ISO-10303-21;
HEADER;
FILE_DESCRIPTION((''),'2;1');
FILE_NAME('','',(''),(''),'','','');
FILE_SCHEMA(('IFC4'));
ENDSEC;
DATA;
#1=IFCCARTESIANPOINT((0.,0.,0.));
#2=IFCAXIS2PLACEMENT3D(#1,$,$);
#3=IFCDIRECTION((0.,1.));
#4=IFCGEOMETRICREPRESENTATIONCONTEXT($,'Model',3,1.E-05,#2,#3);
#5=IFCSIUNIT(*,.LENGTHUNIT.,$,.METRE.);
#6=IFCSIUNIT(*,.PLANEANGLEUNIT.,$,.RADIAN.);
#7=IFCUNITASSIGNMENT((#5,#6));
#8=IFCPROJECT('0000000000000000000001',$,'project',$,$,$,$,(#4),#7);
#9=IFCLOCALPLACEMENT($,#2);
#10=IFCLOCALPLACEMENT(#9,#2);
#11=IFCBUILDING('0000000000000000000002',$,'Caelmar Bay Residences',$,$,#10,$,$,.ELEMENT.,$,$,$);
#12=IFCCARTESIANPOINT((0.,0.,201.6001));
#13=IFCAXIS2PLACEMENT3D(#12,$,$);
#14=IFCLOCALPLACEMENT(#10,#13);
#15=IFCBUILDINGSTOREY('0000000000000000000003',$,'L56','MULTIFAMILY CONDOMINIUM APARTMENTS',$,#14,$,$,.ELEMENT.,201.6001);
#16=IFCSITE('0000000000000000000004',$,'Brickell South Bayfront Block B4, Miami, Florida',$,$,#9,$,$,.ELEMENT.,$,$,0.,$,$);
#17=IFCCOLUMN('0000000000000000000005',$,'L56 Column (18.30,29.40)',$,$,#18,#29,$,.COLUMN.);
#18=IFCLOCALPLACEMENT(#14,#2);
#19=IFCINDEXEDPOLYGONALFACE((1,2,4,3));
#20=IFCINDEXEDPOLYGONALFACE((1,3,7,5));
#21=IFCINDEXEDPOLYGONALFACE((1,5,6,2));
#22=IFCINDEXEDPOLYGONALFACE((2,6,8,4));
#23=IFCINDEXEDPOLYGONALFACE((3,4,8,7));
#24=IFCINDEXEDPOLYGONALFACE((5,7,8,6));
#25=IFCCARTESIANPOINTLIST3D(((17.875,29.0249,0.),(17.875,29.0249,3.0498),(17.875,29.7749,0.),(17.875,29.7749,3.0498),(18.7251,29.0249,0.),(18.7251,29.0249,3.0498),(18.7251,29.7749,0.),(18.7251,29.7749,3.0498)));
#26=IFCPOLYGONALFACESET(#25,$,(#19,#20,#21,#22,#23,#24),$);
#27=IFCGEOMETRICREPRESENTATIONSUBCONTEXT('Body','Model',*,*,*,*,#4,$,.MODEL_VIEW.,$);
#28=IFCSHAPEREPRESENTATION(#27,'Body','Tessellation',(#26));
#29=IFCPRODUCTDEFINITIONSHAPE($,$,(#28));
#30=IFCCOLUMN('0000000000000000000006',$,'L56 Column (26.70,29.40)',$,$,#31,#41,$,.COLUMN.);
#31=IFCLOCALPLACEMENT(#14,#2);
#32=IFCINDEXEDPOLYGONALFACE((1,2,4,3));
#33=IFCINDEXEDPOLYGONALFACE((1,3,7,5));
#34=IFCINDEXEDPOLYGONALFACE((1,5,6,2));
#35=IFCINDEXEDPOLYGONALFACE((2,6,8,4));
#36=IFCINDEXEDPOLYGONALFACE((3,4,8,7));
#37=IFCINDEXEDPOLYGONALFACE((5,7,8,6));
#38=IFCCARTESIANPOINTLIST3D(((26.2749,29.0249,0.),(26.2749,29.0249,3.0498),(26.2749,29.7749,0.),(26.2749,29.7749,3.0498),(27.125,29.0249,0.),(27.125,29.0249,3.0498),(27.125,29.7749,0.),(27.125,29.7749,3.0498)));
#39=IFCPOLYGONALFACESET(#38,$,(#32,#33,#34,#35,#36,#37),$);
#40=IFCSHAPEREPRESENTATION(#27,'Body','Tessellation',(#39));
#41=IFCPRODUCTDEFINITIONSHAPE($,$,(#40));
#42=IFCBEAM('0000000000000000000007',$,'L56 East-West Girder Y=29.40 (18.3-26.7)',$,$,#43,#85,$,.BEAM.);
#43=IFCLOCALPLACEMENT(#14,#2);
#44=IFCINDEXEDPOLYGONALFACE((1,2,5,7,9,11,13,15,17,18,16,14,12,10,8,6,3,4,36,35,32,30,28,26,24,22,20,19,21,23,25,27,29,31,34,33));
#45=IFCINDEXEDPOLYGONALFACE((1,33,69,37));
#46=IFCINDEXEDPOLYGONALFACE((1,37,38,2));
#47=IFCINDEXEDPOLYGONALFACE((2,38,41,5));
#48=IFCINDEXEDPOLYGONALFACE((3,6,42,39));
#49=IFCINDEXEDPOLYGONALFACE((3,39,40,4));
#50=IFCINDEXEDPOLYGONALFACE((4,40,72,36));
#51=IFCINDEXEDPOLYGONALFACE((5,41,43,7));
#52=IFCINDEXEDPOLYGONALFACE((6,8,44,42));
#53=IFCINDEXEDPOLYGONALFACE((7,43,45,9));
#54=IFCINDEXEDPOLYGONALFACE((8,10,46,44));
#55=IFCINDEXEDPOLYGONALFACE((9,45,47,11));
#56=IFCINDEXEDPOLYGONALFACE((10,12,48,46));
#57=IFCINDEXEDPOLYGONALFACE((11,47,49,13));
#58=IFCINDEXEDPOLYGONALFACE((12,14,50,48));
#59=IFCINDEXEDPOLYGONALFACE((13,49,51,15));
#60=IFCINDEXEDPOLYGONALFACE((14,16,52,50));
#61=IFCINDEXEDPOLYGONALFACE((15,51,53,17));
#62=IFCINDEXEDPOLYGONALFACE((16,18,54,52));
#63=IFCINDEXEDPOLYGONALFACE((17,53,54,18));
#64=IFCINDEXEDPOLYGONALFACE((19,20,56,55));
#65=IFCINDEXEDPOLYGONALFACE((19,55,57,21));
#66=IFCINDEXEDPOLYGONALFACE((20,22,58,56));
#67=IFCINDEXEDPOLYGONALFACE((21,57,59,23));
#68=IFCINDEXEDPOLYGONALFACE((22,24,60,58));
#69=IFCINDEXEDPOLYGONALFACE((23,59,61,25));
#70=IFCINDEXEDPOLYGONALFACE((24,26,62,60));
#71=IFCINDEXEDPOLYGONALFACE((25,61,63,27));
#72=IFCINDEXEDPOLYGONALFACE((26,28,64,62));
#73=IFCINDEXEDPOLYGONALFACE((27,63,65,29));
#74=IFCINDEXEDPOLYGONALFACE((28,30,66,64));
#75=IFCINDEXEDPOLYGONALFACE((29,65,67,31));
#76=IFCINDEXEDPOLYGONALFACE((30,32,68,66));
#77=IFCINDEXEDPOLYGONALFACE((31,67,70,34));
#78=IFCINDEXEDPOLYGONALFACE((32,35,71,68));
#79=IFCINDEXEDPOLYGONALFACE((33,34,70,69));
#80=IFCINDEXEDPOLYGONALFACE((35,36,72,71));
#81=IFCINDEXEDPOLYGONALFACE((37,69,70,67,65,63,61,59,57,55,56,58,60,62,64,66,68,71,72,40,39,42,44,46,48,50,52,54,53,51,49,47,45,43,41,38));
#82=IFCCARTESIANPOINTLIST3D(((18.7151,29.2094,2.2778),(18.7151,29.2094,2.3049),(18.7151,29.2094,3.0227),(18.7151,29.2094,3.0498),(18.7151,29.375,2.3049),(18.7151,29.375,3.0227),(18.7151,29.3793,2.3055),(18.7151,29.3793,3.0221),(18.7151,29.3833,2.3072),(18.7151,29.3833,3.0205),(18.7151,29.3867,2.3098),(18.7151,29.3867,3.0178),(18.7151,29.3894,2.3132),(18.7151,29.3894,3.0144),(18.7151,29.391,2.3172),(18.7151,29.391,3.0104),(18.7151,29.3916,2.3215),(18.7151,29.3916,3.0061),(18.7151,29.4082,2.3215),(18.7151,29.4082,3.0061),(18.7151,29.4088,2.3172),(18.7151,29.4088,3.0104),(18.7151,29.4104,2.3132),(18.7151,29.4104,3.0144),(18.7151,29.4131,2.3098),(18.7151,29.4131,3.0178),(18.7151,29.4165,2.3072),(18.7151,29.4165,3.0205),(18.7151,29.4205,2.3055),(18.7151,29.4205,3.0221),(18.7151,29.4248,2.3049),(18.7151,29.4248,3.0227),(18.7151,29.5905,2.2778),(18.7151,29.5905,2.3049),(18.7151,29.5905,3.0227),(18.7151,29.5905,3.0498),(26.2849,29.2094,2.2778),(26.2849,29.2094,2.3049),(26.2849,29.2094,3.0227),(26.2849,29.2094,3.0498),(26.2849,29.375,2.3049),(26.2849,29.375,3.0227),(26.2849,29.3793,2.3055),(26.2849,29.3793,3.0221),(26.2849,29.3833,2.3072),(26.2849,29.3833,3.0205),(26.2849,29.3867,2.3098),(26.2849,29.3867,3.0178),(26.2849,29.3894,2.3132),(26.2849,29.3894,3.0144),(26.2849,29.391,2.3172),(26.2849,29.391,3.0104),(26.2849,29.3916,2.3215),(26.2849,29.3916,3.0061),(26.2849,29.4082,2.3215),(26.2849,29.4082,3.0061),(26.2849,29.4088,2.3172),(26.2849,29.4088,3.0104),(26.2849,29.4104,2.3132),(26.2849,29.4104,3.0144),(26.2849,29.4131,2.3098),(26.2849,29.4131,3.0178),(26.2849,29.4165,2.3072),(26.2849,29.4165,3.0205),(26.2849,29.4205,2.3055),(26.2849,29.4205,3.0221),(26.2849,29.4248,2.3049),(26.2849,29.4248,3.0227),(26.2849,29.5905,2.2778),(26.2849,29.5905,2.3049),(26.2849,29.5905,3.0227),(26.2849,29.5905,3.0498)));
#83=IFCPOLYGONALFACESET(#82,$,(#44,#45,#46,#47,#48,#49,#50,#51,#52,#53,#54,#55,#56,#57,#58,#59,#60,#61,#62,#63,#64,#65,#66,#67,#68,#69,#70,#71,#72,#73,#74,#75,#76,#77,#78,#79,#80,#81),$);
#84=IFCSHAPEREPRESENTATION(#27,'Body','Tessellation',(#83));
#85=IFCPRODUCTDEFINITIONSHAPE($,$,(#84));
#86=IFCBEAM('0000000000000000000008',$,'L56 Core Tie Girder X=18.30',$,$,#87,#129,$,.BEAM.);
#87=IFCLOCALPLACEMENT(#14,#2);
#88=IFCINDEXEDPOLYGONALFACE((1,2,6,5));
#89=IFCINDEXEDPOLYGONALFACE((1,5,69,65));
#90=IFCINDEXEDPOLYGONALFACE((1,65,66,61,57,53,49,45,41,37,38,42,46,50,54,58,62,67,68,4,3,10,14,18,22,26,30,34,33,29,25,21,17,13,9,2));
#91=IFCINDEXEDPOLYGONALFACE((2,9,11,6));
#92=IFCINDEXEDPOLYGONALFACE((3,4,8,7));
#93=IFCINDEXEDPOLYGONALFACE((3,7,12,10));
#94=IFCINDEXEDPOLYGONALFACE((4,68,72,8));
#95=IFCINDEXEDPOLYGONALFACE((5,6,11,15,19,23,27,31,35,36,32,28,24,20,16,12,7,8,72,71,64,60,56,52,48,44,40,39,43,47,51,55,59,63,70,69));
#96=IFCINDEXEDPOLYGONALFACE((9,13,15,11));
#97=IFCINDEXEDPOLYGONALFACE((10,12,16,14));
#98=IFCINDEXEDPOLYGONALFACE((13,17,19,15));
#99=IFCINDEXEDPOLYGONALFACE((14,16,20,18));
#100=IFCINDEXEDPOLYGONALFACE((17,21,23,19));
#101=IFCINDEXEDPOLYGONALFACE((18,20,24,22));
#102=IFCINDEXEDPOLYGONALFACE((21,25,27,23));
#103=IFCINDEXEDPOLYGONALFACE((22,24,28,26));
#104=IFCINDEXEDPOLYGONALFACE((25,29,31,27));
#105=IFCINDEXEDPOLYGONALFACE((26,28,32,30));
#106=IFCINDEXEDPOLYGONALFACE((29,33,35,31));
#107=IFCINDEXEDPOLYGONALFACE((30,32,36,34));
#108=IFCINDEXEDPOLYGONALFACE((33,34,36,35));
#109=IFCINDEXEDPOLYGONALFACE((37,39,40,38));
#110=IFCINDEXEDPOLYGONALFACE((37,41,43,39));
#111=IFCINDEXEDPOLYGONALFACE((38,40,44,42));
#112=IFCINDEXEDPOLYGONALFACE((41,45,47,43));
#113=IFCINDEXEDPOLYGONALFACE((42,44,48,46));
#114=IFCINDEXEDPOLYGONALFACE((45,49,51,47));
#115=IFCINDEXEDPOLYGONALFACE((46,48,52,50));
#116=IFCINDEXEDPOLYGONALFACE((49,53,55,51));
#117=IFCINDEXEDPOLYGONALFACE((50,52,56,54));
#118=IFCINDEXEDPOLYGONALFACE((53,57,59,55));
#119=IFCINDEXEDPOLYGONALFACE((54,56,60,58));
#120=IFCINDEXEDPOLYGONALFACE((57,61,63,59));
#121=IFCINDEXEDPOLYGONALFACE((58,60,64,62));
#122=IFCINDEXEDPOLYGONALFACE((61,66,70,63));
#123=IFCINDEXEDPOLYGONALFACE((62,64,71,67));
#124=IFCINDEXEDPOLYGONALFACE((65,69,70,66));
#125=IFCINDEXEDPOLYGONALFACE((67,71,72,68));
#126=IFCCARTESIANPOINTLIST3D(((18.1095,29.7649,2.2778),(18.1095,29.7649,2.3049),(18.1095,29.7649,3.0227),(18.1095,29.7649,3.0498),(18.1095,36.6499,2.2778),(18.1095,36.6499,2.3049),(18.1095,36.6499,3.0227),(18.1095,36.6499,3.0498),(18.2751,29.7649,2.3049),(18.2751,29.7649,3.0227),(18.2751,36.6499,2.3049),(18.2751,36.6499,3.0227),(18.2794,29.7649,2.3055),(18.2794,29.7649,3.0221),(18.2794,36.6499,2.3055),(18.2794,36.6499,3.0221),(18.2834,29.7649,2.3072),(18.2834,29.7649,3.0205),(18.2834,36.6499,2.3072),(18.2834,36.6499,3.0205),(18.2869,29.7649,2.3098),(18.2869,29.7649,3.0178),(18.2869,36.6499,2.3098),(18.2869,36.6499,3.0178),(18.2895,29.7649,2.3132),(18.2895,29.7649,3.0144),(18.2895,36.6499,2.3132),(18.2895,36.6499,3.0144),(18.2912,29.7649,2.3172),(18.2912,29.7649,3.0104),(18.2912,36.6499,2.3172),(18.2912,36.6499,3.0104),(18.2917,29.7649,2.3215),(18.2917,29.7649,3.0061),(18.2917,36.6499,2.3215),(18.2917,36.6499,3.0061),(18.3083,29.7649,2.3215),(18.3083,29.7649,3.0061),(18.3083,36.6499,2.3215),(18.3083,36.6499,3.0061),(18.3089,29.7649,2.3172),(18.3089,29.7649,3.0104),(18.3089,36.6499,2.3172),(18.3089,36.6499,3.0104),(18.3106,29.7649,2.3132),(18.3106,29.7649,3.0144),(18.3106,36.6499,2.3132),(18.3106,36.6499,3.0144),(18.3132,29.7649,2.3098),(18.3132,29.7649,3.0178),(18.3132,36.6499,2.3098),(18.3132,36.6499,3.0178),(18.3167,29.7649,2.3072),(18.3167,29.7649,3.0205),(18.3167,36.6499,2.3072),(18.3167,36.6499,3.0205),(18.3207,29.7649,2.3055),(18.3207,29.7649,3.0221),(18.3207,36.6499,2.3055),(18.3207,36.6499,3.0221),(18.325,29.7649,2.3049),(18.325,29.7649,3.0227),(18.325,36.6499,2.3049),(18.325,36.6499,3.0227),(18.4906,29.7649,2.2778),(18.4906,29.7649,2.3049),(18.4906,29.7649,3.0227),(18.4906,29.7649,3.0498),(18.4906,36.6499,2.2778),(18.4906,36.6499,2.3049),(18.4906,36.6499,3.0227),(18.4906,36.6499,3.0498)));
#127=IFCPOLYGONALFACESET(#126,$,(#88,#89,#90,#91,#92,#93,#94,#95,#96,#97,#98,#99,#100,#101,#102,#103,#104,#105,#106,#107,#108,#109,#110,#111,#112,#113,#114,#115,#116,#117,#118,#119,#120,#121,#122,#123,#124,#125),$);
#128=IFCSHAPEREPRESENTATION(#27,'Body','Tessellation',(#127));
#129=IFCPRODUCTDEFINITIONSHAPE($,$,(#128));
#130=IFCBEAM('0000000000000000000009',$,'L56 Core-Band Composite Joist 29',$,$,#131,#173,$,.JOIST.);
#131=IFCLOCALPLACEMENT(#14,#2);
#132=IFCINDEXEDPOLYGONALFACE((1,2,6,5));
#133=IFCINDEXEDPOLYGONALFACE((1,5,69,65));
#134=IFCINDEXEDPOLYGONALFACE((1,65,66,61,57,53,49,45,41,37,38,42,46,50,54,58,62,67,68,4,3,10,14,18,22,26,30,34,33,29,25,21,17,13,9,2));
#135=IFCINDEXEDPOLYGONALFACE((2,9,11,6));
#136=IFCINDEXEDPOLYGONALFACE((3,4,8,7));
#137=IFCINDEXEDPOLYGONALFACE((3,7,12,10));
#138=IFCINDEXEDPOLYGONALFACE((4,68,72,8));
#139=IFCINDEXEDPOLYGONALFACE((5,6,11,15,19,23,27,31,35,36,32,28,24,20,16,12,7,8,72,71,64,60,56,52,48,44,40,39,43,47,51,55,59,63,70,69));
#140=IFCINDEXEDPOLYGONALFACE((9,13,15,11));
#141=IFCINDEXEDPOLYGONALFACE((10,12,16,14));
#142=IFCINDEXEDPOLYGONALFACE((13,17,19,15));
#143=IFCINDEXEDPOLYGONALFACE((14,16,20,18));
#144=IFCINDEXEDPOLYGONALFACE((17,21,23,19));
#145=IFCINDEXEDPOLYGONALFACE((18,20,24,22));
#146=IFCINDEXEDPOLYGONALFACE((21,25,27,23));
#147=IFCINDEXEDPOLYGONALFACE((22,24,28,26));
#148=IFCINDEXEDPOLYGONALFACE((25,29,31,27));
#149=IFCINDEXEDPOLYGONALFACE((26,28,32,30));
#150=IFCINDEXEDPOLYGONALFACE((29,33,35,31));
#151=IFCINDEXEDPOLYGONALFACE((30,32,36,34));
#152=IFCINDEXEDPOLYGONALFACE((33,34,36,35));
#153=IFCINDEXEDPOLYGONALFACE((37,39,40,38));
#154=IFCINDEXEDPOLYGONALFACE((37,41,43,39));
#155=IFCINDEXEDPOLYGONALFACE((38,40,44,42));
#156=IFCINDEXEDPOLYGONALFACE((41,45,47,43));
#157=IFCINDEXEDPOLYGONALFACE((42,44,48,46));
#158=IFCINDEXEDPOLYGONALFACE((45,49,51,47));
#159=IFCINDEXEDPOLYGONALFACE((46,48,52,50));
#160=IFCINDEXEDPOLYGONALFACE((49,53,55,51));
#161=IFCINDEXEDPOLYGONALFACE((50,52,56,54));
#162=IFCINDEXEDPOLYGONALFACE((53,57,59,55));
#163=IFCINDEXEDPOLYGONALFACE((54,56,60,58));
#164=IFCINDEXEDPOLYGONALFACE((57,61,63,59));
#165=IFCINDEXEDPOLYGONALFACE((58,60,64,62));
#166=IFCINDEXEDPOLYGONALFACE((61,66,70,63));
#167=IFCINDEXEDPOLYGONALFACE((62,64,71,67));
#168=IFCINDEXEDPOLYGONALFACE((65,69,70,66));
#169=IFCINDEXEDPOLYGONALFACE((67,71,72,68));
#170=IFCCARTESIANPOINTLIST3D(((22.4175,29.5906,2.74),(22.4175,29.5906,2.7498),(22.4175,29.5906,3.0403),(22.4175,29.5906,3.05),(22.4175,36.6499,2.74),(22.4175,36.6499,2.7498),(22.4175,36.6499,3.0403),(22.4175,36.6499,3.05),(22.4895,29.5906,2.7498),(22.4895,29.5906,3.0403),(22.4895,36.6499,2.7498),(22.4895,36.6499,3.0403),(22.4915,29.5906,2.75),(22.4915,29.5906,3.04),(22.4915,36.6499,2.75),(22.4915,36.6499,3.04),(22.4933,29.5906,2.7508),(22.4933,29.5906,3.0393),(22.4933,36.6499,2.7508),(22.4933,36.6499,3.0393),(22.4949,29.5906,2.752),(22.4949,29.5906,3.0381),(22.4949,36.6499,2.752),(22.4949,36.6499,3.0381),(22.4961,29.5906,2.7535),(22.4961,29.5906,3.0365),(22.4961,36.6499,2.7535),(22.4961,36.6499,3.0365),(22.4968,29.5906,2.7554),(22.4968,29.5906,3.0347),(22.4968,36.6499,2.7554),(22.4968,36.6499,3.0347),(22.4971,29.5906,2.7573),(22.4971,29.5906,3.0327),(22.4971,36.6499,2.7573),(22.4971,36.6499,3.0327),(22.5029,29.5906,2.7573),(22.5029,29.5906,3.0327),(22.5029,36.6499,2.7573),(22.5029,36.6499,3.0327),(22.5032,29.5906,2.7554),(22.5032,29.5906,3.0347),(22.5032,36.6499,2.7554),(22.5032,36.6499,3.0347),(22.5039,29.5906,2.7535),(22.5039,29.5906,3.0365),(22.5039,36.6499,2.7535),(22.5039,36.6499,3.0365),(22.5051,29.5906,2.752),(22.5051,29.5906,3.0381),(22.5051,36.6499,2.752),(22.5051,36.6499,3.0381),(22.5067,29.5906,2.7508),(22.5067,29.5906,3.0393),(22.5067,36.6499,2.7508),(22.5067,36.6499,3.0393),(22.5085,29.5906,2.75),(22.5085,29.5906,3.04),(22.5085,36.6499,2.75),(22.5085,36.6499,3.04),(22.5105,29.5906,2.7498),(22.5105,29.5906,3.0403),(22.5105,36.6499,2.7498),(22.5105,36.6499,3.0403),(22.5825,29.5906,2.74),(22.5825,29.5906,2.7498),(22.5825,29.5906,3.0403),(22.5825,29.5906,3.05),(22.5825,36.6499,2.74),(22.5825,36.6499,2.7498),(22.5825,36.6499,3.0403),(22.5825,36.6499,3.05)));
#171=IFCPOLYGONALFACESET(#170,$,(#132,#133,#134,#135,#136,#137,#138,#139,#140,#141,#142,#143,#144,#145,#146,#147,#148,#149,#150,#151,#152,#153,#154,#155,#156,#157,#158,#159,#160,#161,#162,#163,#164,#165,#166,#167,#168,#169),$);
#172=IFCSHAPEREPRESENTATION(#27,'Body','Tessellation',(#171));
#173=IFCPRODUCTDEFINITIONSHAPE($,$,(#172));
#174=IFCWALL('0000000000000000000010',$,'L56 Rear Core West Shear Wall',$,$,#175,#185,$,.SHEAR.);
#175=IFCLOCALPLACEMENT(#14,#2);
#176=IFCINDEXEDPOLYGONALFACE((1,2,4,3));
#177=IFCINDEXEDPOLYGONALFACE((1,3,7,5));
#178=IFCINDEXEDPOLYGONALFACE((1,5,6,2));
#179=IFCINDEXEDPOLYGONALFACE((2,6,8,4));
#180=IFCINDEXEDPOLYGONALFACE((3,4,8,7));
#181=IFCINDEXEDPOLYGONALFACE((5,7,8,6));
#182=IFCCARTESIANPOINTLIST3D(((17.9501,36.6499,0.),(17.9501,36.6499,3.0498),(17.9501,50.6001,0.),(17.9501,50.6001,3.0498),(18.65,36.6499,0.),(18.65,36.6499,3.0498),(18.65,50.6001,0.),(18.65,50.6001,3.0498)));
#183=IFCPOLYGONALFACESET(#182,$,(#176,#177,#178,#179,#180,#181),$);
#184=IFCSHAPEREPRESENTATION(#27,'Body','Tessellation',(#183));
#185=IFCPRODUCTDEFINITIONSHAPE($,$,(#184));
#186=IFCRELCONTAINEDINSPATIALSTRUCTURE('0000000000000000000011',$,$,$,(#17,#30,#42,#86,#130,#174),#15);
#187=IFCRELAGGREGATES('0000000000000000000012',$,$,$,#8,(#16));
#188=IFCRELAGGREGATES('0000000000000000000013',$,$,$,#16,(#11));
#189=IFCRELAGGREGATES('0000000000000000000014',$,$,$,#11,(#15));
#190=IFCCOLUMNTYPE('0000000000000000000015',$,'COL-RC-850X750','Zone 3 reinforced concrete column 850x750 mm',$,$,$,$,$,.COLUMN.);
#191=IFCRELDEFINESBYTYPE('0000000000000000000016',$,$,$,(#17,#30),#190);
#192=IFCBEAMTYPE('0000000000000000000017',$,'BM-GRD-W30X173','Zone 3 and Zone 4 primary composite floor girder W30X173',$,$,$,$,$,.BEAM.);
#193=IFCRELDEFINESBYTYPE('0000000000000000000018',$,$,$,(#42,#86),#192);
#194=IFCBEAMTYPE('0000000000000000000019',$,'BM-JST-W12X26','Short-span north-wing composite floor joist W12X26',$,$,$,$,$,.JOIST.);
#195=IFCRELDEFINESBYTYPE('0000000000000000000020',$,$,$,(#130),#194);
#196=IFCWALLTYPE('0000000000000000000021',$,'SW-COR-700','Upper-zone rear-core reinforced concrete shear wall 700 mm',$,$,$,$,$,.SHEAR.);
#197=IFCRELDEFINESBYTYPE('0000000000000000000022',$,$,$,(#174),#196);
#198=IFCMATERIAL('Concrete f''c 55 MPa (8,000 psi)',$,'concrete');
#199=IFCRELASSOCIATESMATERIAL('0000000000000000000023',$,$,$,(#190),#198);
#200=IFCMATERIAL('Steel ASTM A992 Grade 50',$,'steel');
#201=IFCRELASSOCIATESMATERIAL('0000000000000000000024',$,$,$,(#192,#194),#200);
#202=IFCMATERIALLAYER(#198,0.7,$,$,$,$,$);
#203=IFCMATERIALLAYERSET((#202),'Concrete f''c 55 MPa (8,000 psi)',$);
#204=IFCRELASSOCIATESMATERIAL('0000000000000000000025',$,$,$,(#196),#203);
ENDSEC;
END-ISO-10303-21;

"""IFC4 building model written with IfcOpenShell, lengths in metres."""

from ifc_helpers import new_model, si_unit, direction, frame, frame_2d, origin, origin_2d, place, context, subcontext, project, spatial, rectangle, i_section, extrude, material, layer, layer_set, material_profile, profile_set, type_object, element, save


model = new_model("IFC4")

# Units and contexts
model_context = context("Model", 3, precision=1e-05, world=origin(), true_north=direction((0.0, 1.0)))
body_context = subcontext(model_context, "Body", "Model", "MODEL_VIEW")
ifc_project = project(units=[si_unit("LENGTHUNIT", "METRE"), si_unit("PLANEANGLEUNIT", "RADIAN")], contexts=[model_context])

# Site, building, storey
site_placement = place(None, origin())
site = spatial("IfcSite", under=ifc_project, at=site_placement, Name="Brickell South Bayfront Block B4, Miami, Florida", CompositionType="ELEMENT", RefElevation=0.0)
building_placement = place(site_placement, origin())
building = spatial("IfcBuilding", under=site, at=building_placement, Name="Caelmar Bay Residences", CompositionType="ELEMENT")
storey_placement = place(building_placement, frame((0.0, 0.0, 201.6001)))
storey = spatial("IfcBuildingStorey", under=building, at=storey_placement, Name="L56", Description="MULTIFAMILY CONDOMINIUM APARTMENTS", CompositionType="ELEMENT", Elevation=201.6001)

# Columns
ifc_material_1 = material(Name="Concrete f'c 55 MPa (8,000 psi)", Category="concrete")
ifc_material_profile_1 = material_profile(ifc_material_1, rectangle(XDim=0.8501, YDim=0.75, at=origin_2d()), Name="RC-COL-850X750")
ifc_profile_set_1 = profile_set([ifc_material_profile_1], Name="Concrete f'c 55 MPa (8,000 psi)")
column_type = type_object("IfcColumnType", Name="COL-RC-850X750", Description="Zone 3 reinforced concrete column 850x750 mm", PredefinedType="COLUMN", material=ifc_profile_set_1)
for number, where, z_axis, x_axis, name in (
    (1, (18.3, 29.3999, 0.0), (0.0, 0.0, 1.0), (1.0, 0.0, 0.0), "L56 Column (18.30,29.40)"),
    (2, (26.7, 29.3999, 0.0), (0.0, 0.0, 1.0), (1.0, 0.0, 0.0), "L56 Column (26.70,29.40)"),
):
    element("IfcColumn", number, at=place(storey_placement, frame(where, z_axis=z_axis, x_axis=x_axis)), inside=storey, type_object=column_type, Name=name, PredefinedType="COLUMN", context=body_context, shape_type="SweptSolid", body=[
        extrude(rectangle(XDim=0.8501, YDim=0.75, at=origin_2d()), origin(), (0.0, 0.0, 1.0), 3.0498),
    ])

# Beams
ifc_material_2 = material(Name="Steel ASTM A992 Grade 50", Category="steel")
ifc_material_profile_2 = material_profile(ifc_material_2, i_section(OverallWidth=0.3811, OverallDepth=0.772, WebThickness=0.0166, FlangeThickness=0.0271, FilletRadius=0.0166, at=origin_2d()), Name="W30X173")
ifc_profile_set_2 = profile_set([ifc_material_profile_2], Name="Steel ASTM A992 Grade 50")
beam_type_1 = type_object("IfcBeamType", Name="BM-GRD-W30X173", Description="Zone 3 and Zone 4 primary composite floor girder W30X173", PredefinedType="BEAM", material=ifc_profile_set_2)
beam_1_placement = place(storey_placement, frame((18.7151, 29.3999, 2.6638), z_axis=(1.0, 0.0, 0.0), x_axis=(0.0, 1.0, 0.0)))
element("IfcBeam", 3, at=beam_1_placement, inside=storey, type_object=beam_type_1, Name="L56 East-West Girder Y=29.40 (18.3-26.7)", PredefinedType="BEAM", context=body_context, shape_type="SweptSolid", body=[
    extrude(i_section(OverallWidth=0.3811, OverallDepth=0.772, WebThickness=0.0166, FlangeThickness=0.0271, FilletRadius=0.0166, at=origin_2d()), origin(), (0.0, 0.0, 1.0), 7.5698),
])
beam_2_placement = place(storey_placement, frame((18.3, 29.7649, 2.6638), z_axis=(0.0, 1.0, 0.0), x_axis=(-1.0, 0.0, 0.0)))
element("IfcBeam", 4, at=beam_2_placement, inside=storey, type_object=beam_type_1, Name="L56 Core Tie Girder X=18.30", PredefinedType="BEAM", context=body_context, shape_type="SweptSolid", body=[
    extrude(i_section(OverallWidth=0.3811, OverallDepth=0.772, WebThickness=0.0166, FlangeThickness=0.0271, FilletRadius=0.0166, at=origin_2d()), origin(), (0.0, 0.0, 1.0), 6.885),
])
ifc_material_profile_3 = material_profile(ifc_material_2, i_section(OverallWidth=0.165, OverallDepth=0.3101, WebThickness=0.0059, FlangeThickness=0.0098, FilletRadius=0.0076, at=origin_2d()), Name="W12X26")
ifc_profile_set_3 = profile_set([ifc_material_profile_3], Name="Steel ASTM A992 Grade 50")
beam_type_2 = type_object("IfcBeamType", Name="BM-JST-W12X26", Description="Short-span north-wing composite floor joist W12X26", PredefinedType="JOIST", material=ifc_profile_set_3)
beam_3_placement = place(storey_placement, frame((22.5, 29.5906, 2.895), z_axis=(0.0, 1.0, 0.0), x_axis=(-1.0, 0.0, 0.0)))
element("IfcBeam", 5, at=beam_3_placement, inside=storey, type_object=beam_type_2, Name="L56 Core-Band Composite Joist 29", PredefinedType="JOIST", context=body_context, shape_type="SweptSolid", body=[
    extrude(i_section(OverallWidth=0.165, OverallDepth=0.3101, WebThickness=0.0059, FlangeThickness=0.0098, FilletRadius=0.0076, at=origin_2d()), origin(), (0.0, 0.0, 1.0), 7.0593),
])

# Shared definitions
ifc_layer_1 = layer(ifc_material_1, 0.7)
ifc_layer_set_1 = layer_set([ifc_layer_1], Name="Concrete f'c 55 MPa (8,000 psi)")
wall_type_1 = type_object("IfcWallType", Name="SW-COR-700", Description="Upper-zone rear-core reinforced concrete shear wall 700 mm", PredefinedType="SHEAR", material=ifc_layer_set_1)

# Wall
wall_1_placement = place(storey_placement, frame((18.3, 36.6499, 0.0), z_axis=(0.0, 0.0, 1.0), x_axis=(0.0, 1.0, 0.0)))
element("IfcWall", 6, at=wall_1_placement, inside=storey, type_object=wall_type_1, Name="L56 Rear Core West Shear Wall", PredefinedType="SHEAR", context=body_context, shape_type="SweptSolid", body=[
    extrude(rectangle(XDim=13.9502, YDim=0.7, at=frame_2d((6.9751, 0.0))), origin(), (0.0, 0.0, 1.0), 3.0498),
])

save(model, "model.ifc")
